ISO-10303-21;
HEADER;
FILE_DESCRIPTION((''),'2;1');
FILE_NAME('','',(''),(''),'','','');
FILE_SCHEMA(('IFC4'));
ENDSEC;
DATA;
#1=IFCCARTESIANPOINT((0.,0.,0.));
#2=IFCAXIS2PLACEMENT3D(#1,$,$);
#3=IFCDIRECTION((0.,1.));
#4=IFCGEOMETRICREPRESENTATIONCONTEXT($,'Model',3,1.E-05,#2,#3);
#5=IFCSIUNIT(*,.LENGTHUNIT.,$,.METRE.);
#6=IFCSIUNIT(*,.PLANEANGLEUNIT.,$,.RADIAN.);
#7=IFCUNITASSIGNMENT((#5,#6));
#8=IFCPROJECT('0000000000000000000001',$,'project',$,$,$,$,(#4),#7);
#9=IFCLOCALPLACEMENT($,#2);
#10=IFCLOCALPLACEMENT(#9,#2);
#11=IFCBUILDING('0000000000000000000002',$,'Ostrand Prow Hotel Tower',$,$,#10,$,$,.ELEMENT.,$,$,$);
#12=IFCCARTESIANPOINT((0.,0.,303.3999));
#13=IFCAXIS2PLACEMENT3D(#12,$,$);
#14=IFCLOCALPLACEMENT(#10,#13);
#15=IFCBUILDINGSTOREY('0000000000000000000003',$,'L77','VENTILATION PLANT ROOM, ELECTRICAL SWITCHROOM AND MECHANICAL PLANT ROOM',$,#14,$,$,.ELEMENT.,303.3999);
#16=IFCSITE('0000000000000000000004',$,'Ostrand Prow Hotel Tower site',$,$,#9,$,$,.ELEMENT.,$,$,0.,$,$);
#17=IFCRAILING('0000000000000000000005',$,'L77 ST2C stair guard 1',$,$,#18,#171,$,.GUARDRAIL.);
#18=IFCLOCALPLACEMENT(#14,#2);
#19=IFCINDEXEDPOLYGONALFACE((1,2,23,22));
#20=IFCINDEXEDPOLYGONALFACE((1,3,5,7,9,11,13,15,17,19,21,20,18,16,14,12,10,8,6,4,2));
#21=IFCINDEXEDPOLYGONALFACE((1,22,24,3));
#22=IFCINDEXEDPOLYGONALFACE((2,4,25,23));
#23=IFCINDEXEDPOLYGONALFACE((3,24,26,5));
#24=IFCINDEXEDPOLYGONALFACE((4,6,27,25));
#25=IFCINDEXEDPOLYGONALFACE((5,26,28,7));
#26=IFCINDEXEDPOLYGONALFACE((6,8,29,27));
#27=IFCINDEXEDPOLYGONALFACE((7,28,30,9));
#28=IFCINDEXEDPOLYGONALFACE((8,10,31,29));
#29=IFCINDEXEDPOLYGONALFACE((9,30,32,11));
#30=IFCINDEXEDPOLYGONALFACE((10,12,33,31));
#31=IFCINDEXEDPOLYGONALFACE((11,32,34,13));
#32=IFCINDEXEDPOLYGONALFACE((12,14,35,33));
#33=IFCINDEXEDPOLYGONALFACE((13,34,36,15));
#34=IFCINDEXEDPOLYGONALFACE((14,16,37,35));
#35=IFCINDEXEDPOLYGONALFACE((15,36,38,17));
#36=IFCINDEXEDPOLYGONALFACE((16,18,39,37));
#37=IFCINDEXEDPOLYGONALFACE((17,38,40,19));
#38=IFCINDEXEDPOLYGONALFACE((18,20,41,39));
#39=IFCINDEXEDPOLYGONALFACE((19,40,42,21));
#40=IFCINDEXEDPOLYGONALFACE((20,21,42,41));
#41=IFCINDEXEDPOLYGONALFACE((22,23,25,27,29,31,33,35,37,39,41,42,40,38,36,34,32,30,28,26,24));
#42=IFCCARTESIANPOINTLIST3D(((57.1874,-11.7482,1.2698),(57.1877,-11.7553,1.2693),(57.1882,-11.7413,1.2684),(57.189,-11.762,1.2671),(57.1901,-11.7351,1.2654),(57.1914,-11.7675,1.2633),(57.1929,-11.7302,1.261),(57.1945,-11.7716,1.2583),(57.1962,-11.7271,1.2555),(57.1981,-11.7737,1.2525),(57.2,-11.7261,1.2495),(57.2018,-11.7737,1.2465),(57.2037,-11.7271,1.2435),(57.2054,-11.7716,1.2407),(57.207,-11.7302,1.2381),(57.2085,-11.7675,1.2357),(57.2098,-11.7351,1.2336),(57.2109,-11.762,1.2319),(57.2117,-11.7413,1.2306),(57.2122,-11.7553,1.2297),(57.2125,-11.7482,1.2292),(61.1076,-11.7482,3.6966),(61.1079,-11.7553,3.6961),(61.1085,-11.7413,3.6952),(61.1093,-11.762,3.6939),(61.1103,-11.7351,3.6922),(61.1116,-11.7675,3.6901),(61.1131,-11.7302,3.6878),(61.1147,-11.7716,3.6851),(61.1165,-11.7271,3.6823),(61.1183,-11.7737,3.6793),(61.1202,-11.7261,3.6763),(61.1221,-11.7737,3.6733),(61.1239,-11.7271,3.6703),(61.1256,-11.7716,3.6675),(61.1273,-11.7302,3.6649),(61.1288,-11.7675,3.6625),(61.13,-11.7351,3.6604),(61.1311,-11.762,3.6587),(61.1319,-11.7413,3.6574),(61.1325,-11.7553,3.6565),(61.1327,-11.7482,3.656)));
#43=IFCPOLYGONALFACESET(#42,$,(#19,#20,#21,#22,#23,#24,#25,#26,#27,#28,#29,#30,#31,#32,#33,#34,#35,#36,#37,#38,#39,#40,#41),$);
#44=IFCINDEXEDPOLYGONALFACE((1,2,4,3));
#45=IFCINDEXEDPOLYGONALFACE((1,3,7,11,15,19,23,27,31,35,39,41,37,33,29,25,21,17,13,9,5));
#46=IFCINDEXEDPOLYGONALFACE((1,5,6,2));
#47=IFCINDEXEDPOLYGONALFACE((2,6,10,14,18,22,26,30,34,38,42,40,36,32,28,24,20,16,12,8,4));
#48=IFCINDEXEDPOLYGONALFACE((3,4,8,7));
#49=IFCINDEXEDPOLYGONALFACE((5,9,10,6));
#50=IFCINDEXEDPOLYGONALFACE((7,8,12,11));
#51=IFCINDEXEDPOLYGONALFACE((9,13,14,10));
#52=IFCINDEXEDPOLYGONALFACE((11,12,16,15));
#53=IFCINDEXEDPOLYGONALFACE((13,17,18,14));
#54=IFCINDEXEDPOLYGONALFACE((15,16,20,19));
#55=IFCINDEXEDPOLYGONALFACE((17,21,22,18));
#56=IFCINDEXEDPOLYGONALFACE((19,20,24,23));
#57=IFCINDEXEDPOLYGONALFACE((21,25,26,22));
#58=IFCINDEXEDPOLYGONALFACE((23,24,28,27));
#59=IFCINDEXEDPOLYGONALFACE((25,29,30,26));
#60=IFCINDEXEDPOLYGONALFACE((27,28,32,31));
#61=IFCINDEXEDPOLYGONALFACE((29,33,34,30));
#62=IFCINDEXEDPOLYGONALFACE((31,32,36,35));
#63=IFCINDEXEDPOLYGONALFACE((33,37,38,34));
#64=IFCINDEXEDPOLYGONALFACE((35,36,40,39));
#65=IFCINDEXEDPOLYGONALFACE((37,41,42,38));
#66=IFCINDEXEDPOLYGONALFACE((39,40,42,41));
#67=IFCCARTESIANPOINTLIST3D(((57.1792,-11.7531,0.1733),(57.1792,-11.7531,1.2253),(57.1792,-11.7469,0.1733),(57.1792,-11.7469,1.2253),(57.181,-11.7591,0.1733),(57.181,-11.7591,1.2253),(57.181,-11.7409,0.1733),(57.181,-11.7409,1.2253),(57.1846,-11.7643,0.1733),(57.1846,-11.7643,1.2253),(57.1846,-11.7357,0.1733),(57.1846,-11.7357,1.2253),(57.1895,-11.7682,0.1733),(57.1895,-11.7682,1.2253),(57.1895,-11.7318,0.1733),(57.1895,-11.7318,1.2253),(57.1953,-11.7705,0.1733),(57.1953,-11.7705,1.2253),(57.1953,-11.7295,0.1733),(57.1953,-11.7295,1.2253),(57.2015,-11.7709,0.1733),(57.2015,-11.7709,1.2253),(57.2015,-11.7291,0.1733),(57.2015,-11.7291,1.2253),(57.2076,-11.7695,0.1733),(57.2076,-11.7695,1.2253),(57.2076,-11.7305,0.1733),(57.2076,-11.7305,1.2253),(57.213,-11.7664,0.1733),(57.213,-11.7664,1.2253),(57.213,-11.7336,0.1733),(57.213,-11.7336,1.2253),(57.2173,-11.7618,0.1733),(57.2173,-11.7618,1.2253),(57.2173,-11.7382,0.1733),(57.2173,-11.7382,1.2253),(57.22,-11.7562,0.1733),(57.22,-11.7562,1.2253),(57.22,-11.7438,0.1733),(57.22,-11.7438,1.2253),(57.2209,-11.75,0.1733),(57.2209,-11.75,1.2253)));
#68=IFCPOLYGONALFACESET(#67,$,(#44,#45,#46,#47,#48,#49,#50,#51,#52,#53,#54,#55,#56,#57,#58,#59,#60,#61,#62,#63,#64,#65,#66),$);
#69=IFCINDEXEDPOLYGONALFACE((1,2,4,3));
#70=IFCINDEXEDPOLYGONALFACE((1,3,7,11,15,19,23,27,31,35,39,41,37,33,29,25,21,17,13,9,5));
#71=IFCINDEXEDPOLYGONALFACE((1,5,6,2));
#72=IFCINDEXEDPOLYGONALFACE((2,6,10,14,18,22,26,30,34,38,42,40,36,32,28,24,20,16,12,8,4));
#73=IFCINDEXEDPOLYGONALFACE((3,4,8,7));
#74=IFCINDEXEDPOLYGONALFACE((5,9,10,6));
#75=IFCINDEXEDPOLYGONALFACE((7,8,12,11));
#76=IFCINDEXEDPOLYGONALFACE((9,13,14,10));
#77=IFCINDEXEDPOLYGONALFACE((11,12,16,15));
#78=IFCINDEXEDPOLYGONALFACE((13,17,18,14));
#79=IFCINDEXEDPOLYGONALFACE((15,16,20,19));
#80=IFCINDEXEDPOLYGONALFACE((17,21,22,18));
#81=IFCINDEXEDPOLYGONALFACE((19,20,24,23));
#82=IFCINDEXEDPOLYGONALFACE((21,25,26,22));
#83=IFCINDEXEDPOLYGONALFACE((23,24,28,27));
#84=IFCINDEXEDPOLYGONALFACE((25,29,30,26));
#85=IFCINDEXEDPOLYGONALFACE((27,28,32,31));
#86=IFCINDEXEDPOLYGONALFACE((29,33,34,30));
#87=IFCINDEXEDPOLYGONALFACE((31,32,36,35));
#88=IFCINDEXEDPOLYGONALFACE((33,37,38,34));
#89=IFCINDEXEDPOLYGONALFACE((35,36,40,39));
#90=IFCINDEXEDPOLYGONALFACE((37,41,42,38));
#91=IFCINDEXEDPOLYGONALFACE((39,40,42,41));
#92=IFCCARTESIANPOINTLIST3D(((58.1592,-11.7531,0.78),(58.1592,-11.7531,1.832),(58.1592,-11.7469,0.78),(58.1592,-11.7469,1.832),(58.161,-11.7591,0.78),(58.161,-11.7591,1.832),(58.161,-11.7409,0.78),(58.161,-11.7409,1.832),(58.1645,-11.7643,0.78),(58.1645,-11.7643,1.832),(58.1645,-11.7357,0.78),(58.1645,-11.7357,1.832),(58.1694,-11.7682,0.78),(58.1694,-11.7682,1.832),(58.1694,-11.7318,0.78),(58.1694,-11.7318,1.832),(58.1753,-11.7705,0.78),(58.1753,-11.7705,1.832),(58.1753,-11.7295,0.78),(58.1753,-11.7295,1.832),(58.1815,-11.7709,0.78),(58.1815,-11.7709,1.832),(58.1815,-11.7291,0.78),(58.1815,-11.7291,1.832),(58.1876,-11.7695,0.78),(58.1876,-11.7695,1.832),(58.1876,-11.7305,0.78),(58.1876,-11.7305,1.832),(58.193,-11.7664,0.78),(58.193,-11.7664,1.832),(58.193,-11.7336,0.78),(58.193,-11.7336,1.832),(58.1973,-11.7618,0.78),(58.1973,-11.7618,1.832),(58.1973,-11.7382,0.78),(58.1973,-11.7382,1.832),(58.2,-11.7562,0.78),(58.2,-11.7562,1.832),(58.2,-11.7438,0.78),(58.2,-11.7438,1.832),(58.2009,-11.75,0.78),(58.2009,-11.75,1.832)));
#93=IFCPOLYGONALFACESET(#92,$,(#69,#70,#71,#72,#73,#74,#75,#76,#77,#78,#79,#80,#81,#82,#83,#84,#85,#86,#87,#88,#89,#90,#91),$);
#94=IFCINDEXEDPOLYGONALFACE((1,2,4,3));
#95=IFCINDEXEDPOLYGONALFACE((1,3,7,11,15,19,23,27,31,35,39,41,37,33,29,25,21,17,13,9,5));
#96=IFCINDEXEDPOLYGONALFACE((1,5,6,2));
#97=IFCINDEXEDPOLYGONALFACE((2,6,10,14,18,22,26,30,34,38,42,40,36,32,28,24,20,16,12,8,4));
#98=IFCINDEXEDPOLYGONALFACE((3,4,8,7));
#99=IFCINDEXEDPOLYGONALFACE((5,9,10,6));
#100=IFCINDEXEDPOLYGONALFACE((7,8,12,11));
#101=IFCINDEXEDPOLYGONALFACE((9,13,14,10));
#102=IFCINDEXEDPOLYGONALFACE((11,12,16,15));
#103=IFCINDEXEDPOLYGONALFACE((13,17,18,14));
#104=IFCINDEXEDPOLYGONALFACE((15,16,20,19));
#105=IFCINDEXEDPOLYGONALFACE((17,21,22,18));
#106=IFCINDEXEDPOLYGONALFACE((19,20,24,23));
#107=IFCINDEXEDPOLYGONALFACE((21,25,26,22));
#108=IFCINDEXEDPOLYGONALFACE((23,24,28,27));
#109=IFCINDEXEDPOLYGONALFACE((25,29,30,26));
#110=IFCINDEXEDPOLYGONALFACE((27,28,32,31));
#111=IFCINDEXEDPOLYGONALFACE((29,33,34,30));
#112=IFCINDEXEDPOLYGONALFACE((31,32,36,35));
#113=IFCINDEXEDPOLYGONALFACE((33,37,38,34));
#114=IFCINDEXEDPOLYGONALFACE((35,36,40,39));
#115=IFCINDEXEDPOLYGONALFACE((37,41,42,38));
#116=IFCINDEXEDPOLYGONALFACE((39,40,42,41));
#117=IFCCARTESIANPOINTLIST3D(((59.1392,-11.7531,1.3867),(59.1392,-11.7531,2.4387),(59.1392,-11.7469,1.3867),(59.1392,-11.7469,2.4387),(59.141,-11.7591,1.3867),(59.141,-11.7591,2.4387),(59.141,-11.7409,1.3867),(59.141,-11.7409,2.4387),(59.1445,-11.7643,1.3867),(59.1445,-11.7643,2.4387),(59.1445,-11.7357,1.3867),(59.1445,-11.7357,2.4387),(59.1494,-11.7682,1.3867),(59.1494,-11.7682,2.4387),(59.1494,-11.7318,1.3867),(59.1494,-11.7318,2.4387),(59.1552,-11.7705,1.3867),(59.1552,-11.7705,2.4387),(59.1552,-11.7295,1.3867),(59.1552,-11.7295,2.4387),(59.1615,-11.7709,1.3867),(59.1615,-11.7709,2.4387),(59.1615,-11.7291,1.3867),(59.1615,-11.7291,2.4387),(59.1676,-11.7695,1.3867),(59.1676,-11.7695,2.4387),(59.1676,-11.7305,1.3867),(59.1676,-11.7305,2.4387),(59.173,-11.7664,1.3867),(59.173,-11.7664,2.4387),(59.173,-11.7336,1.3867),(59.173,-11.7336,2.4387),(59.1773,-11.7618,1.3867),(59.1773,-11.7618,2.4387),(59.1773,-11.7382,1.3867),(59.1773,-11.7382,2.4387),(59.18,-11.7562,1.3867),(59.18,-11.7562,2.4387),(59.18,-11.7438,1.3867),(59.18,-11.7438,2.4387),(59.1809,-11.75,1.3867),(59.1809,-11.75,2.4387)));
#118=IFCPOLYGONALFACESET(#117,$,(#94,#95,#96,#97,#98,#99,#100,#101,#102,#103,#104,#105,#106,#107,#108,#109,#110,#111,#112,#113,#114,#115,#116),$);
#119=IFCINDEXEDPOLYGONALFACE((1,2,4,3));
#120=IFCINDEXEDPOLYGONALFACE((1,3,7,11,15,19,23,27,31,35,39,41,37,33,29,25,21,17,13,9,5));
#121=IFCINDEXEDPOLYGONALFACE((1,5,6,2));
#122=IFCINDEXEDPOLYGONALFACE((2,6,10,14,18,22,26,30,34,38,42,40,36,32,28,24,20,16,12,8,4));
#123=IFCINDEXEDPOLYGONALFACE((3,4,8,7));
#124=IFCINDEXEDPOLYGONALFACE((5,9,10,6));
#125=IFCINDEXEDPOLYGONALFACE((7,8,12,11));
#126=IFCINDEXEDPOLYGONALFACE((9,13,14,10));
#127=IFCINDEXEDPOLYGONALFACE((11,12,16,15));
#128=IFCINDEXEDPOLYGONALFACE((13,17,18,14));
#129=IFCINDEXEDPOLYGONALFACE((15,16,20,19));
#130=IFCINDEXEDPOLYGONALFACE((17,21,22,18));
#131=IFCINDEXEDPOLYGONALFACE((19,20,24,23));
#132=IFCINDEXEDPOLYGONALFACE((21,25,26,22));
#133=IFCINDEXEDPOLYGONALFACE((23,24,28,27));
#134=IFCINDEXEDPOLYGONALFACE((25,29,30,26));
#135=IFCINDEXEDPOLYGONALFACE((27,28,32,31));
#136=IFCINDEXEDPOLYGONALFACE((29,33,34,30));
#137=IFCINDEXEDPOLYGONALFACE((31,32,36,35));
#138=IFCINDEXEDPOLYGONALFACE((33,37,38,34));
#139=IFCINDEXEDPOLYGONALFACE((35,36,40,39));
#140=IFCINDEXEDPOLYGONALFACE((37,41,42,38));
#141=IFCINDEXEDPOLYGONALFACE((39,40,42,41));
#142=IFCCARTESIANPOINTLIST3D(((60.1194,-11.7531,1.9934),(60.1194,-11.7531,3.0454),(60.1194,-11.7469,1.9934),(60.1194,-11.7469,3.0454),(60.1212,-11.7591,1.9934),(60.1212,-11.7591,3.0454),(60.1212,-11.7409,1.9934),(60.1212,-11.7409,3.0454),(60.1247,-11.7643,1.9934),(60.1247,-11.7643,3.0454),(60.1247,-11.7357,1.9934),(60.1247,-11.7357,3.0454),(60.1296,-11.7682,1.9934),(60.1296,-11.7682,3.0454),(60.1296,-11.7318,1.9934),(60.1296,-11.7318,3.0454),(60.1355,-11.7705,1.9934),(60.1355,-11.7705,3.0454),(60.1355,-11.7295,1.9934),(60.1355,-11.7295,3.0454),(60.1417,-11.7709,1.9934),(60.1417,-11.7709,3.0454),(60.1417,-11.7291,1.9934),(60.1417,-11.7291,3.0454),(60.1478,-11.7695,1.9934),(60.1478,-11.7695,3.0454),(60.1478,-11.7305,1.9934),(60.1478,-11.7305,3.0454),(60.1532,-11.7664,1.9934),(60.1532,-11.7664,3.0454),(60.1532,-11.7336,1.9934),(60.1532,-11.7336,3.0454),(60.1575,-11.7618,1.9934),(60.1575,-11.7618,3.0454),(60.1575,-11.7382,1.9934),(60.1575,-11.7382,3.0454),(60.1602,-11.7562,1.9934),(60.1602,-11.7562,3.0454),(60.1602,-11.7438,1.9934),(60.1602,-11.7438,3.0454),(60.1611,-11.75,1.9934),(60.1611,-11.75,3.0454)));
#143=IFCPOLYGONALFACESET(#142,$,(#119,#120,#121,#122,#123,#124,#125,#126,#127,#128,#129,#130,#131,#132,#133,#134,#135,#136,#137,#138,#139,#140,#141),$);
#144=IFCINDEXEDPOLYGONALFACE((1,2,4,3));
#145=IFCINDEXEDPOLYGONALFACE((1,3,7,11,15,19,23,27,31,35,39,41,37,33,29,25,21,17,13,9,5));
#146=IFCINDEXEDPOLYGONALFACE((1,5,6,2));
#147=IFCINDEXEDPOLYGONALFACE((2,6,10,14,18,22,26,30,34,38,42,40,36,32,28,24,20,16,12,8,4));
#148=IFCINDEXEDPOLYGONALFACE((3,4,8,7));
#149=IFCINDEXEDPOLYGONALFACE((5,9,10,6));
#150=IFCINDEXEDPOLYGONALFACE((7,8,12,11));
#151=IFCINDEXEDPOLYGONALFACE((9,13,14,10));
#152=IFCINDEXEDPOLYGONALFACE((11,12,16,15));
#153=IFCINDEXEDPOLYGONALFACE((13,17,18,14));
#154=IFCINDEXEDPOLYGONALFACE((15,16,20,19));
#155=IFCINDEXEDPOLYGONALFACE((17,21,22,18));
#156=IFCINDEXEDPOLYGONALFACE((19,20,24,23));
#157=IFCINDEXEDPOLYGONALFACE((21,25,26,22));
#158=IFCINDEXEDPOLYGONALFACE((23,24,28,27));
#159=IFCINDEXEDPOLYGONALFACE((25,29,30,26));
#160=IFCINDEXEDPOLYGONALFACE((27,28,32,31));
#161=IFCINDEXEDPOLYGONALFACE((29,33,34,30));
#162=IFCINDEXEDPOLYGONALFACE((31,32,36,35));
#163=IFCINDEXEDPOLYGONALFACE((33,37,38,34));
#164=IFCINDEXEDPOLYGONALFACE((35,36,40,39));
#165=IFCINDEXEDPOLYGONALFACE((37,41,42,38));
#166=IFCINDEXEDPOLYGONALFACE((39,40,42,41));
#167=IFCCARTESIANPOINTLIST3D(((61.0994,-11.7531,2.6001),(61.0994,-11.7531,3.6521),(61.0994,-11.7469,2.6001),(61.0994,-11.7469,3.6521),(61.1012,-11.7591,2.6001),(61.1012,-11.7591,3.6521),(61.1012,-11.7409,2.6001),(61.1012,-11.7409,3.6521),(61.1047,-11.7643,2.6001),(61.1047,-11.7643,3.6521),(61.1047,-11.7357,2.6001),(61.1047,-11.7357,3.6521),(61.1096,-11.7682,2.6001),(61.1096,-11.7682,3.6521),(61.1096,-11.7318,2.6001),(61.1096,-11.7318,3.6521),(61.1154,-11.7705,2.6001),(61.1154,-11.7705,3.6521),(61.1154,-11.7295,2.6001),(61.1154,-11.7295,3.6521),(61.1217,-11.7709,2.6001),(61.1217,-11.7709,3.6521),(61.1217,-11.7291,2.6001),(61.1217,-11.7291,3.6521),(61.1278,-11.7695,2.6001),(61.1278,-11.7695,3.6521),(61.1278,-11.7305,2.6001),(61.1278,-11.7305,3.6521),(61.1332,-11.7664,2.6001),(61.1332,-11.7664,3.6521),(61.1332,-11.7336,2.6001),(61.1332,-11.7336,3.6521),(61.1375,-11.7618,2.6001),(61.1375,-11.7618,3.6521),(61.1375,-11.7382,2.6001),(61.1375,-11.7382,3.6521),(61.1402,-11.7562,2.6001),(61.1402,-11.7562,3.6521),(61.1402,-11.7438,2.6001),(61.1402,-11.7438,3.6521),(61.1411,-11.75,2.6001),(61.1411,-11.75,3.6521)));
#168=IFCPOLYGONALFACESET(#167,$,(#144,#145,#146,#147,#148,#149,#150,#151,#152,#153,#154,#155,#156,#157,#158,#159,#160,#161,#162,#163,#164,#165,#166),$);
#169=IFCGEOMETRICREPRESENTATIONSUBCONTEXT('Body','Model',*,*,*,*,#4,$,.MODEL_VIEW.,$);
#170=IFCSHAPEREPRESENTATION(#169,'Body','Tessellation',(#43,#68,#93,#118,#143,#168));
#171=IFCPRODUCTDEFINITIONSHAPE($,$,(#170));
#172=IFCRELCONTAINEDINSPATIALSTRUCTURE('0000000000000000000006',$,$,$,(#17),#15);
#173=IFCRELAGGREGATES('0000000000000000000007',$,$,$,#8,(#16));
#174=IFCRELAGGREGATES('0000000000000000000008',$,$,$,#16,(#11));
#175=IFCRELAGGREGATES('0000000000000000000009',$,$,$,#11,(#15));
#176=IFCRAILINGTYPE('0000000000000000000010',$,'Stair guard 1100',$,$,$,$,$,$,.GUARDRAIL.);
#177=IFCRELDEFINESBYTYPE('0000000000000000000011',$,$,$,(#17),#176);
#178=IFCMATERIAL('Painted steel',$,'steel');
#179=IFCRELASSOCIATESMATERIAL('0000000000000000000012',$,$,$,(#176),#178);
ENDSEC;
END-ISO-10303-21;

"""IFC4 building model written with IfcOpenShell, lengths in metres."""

from ifc_helpers import new_model, si_unit, direction, frame, origin, origin_2d, place, context, subcontext, project, spatial, circle, extrude, material, type_object, element, save


model = new_model("IFC4")

# Units and contexts
model_context = context("Model", 3, precision=1e-05, world=origin(), true_north=direction((0.0, 1.0)))
body_context = subcontext(model_context, "Body", "Model", "MODEL_VIEW")
ifc_project = project(units=[si_unit("LENGTHUNIT", "METRE"), si_unit("PLANEANGLEUNIT", "RADIAN")], contexts=[model_context])

# Site, building, storey
site_placement = place(None, origin())
site = spatial("IfcSite", under=ifc_project, at=site_placement, Name="Ostrand Prow Hotel Tower site", CompositionType="ELEMENT", RefElevation=0.0)
building_placement = place(site_placement, origin())
building = spatial("IfcBuilding", under=site, at=building_placement, Name="Ostrand Prow Hotel Tower", CompositionType="ELEMENT")
storey_placement = place(building_placement, frame((0.0, 0.0, 303.3999)))
storey = spatial("IfcBuildingStorey", under=building, at=storey_placement, Name="L77", Description="VENTILATION PLANT ROOM, ELECTRICAL SWITCHROOM AND MECHANICAL PLANT ROOM", CompositionType="ELEMENT", Elevation=303.3999)

# Railing
ifc_material_1 = material(Name="Painted steel", Category="steel")
railing_type_1 = type_object("IfcRailingType", Name="Stair guard 1100", PredefinedType="GUARDRAIL", material=ifc_material_1)
railing_1_placement = place(storey_placement, frame((57.2, -11.75, 0.1733)))
element("IfcRailing", 1, at=railing_1_placement, inside=storey, type_object=railing_type_1, Name="L77 ST2C stair guard 1", PredefinedType="GUARDRAIL", context=body_context, shape_type="SweptSolid", body=[
    extrude(circle(Radius=0.0239, at=origin_2d()), frame((0.0, 0.0, 1.0762), z_axis=(0.850266, 0.0, 0.526353), x_axis=(0.0, 1.0, 0.0)), (0.0, 0.0, 1.0), 4.6106),
    extrude(circle(Radius=0.021, at=origin_2d()), origin(), (0.0, 0.0, 1.0), 1.052),
    extrude(circle(Radius=0.021, at=origin_2d()), frame((0.98, 0.0, 0.6067)), (0.0, 0.0, 1.0), 1.052),
    extrude(circle(Radius=0.021, at=origin_2d()), frame((1.96, 0.0, 1.2134)), (0.0, 0.0, 1.0), 1.052),
    extrude(circle(Radius=0.021, at=origin_2d()), frame((2.9402, 0.0, 1.8201)), (0.0, 0.0, 1.0), 1.052),
    extrude(circle(Radius=0.021, at=origin_2d()), frame((3.9202, 0.0, 2.4268)), (0.0, 0.0, 1.0), 1.052),
])

save(model, "model.ifc")
